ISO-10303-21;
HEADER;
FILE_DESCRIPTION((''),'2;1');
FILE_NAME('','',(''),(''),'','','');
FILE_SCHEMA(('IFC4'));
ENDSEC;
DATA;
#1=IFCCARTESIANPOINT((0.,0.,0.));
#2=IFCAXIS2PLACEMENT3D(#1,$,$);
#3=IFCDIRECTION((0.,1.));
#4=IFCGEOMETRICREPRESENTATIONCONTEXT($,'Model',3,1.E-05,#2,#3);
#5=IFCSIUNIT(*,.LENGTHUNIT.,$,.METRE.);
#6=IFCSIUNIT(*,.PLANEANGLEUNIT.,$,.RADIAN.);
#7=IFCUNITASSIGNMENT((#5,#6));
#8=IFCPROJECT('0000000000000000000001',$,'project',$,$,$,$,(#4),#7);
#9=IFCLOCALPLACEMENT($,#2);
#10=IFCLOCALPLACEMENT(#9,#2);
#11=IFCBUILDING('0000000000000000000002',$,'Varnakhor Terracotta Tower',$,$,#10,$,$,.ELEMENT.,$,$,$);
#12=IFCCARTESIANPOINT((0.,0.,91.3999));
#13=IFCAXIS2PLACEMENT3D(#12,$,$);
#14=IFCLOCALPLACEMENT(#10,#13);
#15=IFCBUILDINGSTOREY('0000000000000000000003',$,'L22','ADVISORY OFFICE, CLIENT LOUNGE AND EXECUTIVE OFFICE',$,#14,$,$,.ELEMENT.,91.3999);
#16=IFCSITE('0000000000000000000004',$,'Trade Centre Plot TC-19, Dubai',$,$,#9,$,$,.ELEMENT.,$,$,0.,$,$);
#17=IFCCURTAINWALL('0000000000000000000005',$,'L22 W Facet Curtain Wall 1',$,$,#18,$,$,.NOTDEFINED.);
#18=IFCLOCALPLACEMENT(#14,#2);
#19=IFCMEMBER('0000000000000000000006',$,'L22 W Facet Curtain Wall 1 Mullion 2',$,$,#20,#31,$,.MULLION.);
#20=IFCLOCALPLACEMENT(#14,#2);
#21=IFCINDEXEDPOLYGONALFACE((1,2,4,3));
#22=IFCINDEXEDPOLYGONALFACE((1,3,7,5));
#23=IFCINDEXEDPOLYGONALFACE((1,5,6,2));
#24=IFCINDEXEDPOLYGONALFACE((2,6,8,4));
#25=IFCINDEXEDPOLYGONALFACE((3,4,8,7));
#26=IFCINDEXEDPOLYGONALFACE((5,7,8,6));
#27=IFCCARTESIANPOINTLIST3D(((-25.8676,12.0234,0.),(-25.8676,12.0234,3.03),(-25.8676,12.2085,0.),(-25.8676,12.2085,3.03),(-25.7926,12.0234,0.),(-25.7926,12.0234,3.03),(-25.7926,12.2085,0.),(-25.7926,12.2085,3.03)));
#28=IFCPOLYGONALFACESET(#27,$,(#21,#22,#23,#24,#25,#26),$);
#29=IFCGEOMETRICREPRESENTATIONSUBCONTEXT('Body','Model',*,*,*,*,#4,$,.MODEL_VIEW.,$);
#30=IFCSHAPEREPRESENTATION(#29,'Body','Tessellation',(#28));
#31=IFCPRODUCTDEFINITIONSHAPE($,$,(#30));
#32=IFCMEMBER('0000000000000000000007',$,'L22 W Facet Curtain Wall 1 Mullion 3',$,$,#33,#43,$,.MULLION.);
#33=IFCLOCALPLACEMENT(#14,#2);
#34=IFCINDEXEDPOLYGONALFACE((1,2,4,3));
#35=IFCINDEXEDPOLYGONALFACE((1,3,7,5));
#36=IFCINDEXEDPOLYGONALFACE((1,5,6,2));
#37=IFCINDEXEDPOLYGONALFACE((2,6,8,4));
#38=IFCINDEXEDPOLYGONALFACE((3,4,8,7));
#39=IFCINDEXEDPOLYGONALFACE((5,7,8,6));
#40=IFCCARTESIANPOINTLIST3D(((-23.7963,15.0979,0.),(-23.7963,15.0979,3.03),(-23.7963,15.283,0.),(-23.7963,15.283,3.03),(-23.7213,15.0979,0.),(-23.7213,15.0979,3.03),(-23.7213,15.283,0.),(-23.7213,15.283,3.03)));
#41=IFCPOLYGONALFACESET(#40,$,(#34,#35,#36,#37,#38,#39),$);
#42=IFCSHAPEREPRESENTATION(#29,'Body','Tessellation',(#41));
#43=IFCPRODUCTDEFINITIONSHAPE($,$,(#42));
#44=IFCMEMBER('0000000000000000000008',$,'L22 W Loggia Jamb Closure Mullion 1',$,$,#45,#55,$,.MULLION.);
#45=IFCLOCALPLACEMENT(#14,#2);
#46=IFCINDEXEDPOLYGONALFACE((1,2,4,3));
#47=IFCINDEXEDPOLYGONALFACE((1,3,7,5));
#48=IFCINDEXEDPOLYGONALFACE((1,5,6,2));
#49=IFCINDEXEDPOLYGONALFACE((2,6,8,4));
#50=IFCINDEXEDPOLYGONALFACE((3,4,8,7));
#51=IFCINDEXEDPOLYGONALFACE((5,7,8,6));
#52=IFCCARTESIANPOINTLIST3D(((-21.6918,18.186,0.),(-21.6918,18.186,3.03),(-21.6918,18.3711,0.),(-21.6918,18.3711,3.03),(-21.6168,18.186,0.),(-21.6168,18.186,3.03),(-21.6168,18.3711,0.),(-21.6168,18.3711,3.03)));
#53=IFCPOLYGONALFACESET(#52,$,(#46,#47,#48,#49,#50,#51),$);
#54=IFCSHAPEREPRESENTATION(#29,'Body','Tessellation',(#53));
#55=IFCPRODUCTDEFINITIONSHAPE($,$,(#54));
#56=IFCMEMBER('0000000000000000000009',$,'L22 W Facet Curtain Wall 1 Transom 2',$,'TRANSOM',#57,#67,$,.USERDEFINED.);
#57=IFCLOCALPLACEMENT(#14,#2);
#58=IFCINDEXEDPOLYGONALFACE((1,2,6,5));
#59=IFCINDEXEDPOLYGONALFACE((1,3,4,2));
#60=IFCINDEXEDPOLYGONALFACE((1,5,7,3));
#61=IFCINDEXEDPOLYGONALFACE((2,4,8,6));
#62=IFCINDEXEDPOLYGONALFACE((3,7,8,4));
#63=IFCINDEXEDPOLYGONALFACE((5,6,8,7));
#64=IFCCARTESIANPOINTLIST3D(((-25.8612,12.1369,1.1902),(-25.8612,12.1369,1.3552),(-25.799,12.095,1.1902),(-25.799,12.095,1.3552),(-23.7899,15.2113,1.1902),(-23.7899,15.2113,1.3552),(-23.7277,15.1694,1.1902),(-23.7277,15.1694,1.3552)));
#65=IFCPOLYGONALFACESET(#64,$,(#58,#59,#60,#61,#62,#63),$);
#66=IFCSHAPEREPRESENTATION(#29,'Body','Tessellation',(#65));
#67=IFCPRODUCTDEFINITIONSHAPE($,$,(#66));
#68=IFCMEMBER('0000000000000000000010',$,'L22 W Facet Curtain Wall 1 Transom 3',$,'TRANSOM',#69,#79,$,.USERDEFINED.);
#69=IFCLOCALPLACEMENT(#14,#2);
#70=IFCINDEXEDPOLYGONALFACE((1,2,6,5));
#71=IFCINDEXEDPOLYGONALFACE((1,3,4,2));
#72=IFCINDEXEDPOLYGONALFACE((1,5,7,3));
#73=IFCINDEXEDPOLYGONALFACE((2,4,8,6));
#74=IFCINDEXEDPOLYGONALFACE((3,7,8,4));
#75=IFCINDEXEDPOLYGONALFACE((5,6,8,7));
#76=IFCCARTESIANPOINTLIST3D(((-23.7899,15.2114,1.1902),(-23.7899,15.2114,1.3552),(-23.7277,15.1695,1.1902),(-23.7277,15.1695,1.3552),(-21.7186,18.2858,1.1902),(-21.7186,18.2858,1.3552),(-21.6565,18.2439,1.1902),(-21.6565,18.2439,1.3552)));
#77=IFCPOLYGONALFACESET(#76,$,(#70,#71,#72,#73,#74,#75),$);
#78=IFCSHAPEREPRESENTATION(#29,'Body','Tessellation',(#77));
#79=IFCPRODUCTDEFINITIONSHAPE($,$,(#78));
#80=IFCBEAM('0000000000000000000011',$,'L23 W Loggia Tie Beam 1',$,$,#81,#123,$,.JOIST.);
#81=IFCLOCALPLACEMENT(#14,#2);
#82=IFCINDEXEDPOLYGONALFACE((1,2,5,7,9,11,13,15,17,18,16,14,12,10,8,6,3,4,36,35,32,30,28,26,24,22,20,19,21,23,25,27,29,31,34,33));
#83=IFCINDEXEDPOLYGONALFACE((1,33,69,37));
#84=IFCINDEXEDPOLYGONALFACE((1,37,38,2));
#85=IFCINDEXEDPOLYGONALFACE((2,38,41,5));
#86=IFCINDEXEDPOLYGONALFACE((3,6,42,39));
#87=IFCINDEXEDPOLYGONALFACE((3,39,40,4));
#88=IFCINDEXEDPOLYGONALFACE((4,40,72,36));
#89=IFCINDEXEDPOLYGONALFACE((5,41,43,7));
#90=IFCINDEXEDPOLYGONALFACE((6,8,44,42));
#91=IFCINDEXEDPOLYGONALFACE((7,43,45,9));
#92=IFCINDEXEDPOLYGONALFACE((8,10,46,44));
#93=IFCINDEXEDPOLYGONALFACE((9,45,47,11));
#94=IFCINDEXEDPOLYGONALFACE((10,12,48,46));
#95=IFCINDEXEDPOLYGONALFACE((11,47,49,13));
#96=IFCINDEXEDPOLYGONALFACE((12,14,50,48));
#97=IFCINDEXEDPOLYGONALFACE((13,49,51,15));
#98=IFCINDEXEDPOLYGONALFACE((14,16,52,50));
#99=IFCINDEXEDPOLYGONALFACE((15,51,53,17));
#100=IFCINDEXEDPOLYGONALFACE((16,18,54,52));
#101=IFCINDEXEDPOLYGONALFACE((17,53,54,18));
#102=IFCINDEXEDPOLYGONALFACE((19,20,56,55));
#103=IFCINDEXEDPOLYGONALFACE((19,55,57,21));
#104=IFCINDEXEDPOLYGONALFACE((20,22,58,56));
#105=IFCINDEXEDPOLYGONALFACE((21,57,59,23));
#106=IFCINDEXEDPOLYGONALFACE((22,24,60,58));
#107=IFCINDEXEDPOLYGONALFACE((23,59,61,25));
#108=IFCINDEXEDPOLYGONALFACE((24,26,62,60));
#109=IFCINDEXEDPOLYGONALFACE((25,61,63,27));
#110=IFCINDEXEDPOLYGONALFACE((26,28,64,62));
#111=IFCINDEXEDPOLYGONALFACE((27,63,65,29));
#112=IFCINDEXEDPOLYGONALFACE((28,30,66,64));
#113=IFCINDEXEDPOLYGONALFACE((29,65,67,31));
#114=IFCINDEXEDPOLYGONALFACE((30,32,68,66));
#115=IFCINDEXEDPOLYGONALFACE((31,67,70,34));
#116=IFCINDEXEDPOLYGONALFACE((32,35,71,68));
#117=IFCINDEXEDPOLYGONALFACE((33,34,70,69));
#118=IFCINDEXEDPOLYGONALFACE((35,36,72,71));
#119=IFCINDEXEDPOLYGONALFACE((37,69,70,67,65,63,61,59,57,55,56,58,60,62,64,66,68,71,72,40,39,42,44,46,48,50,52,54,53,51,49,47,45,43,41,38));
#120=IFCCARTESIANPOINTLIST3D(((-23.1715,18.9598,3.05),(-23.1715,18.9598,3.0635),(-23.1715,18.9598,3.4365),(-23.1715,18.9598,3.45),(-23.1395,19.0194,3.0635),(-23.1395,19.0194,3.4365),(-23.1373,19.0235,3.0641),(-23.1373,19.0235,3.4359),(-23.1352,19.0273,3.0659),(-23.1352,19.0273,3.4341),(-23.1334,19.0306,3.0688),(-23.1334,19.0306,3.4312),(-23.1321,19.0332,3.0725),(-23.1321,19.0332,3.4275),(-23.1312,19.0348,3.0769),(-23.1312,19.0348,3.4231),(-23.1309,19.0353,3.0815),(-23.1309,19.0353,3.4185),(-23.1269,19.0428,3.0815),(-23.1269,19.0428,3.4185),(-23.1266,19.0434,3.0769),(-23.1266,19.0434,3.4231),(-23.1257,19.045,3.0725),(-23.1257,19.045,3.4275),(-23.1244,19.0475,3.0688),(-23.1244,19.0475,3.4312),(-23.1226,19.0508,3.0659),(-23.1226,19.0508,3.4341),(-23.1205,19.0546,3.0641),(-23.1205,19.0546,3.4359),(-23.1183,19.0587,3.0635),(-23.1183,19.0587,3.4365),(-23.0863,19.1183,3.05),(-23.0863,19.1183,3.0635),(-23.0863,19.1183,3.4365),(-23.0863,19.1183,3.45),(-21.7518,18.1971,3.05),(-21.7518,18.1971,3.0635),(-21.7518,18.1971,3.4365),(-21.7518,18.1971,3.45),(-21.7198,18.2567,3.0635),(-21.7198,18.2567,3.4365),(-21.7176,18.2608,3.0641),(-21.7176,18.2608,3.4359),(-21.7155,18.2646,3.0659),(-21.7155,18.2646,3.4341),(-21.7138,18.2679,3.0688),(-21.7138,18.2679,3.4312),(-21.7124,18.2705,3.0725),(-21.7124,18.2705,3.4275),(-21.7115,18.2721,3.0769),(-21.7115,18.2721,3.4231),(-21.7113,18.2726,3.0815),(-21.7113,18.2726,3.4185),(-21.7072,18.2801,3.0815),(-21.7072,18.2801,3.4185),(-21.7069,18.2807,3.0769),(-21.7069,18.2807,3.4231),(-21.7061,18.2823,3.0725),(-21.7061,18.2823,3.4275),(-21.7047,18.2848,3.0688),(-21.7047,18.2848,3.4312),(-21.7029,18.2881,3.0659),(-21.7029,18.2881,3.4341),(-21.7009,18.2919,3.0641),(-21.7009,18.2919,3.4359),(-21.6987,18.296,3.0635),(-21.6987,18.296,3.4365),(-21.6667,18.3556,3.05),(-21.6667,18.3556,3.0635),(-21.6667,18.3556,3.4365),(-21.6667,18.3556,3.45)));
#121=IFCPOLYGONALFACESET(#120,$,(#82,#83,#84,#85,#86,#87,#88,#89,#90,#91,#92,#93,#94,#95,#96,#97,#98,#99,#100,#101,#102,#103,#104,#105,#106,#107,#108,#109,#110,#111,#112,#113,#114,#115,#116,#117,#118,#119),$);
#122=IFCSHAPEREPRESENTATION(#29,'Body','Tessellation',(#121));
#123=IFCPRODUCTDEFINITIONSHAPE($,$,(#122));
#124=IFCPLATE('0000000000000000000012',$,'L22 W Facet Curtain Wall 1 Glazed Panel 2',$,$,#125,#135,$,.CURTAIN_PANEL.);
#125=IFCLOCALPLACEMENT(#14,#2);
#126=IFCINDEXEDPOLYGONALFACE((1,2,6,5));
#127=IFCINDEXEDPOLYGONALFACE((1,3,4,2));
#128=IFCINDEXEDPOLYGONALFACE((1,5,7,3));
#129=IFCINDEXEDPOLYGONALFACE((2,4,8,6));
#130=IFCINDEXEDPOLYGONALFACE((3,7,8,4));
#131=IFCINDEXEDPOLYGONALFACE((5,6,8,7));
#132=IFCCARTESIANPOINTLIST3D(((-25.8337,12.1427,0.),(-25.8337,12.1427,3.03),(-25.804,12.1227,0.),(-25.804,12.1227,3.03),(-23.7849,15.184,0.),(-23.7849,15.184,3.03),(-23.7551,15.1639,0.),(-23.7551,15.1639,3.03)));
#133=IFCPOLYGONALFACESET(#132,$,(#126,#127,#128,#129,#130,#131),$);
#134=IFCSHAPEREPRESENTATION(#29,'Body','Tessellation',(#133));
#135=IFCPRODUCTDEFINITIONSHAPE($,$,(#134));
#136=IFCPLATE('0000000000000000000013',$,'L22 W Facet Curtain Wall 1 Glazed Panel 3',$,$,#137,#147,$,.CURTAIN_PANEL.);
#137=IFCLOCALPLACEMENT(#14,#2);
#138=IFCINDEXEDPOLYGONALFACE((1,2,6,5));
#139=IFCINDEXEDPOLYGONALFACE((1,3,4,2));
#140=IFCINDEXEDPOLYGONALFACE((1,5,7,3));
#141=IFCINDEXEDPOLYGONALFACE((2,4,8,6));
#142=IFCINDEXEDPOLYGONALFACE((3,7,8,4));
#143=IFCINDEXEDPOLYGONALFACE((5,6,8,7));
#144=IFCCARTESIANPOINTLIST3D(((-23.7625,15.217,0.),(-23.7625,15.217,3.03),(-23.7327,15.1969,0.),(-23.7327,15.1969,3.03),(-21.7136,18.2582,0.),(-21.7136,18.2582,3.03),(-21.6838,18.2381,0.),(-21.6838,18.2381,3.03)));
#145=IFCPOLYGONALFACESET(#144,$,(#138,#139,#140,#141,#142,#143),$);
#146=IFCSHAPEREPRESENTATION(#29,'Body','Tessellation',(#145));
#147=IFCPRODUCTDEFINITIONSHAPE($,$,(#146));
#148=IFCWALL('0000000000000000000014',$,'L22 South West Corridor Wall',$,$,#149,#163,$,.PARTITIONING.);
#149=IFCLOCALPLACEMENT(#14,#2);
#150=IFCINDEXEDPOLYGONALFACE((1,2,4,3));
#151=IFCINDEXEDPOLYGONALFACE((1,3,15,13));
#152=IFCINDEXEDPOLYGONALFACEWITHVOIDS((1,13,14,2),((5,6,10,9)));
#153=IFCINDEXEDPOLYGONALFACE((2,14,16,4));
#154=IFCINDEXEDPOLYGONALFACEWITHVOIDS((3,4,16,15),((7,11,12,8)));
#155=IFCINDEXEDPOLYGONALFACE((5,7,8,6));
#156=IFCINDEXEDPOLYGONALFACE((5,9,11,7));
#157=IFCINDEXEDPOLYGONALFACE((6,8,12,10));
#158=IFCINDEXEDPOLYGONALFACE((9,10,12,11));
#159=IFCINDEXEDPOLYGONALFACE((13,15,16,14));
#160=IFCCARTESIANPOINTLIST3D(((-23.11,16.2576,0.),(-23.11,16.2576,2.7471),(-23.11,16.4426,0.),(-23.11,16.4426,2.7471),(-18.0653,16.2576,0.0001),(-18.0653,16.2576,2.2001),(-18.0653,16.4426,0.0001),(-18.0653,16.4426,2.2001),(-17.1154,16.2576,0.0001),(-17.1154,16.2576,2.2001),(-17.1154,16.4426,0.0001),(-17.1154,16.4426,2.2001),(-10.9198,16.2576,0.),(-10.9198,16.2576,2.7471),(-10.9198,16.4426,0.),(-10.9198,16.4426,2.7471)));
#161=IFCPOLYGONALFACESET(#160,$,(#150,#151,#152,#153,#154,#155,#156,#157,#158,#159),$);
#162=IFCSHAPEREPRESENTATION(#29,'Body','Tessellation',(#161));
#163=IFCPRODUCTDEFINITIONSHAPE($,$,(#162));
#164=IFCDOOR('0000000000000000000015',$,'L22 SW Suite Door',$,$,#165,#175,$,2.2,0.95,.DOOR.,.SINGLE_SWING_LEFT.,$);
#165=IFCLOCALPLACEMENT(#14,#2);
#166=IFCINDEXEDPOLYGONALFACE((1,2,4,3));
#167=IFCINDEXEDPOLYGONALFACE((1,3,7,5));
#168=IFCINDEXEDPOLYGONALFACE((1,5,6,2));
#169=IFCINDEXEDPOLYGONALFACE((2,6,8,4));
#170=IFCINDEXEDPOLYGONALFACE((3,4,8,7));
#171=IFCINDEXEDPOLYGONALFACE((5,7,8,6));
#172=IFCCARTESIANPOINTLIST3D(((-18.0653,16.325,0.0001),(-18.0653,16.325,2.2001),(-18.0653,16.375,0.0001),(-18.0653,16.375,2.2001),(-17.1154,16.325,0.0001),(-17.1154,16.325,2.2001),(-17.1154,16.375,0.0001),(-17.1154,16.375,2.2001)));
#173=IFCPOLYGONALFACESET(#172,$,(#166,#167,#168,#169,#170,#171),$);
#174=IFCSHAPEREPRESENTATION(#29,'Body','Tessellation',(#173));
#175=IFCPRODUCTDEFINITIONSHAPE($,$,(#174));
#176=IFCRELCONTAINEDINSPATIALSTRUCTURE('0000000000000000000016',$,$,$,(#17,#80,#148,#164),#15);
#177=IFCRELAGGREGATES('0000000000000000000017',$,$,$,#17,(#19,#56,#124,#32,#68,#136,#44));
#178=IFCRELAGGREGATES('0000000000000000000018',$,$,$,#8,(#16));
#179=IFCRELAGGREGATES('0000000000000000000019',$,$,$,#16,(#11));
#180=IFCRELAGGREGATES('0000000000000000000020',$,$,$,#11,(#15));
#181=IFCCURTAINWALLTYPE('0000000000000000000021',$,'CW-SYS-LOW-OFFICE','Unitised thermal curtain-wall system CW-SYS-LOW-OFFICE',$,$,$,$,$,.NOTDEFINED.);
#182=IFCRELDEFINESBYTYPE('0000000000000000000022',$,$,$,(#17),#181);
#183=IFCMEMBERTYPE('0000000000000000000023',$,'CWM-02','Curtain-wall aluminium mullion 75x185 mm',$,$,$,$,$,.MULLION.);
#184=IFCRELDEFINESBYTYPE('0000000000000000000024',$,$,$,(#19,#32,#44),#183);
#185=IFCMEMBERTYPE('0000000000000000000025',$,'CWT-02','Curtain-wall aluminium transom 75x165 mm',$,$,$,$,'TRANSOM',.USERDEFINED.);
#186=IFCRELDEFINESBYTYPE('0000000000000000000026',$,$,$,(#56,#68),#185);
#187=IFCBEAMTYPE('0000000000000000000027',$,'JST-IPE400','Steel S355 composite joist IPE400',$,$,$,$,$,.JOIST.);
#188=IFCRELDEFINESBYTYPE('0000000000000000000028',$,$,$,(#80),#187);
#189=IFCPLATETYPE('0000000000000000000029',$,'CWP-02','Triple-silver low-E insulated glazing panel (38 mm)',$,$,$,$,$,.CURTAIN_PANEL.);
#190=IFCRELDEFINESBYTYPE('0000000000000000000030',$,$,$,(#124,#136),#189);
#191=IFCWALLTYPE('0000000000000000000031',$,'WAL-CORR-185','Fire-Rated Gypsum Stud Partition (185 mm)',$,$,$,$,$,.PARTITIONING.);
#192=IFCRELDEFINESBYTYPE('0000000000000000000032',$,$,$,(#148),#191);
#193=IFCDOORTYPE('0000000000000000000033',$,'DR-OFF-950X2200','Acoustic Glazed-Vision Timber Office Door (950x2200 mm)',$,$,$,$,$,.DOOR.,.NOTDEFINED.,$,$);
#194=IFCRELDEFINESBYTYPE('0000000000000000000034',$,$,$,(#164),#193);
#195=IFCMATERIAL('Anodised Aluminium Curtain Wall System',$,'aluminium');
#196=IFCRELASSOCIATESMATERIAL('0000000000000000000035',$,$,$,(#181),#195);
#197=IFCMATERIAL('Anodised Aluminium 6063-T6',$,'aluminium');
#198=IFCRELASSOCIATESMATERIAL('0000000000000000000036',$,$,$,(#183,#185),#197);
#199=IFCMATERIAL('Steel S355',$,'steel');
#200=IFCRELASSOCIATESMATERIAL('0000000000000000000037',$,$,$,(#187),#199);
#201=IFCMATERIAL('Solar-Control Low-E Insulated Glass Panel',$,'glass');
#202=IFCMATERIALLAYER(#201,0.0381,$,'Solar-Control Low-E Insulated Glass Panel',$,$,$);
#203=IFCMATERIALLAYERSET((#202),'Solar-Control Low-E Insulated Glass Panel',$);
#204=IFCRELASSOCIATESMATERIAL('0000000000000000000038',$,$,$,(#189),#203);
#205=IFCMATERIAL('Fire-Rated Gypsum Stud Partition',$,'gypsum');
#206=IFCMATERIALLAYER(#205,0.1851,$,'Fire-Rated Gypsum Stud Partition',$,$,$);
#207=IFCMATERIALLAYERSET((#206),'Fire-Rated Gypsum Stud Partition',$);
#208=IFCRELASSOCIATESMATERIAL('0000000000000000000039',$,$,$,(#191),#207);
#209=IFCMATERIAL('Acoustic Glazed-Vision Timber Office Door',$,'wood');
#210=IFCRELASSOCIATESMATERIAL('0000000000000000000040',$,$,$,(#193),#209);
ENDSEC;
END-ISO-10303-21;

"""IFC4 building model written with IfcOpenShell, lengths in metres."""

from ifc_helpers import new_model, si_unit, direction, frame, frame_2d, origin, origin_2d, place, context, subcontext, project, spatial, rectangle, i_section, extrude, source, transform, mapped, material, layer, layer_set, material_profile, profile_set, type_object, type_shapes, element, fill, aggregate, save


model = new_model("IFC4")

# Units and contexts
model_context = context("Model", 3, precision=1e-05, world=origin(), true_north=direction((0.0, 1.0)))
body_context = subcontext(model_context, "Body", "Model", "MODEL_VIEW")
ifc_project = project(units=[si_unit("LENGTHUNIT", "METRE"), si_unit("PLANEANGLEUNIT", "RADIAN")], contexts=[model_context])

# Site, building, storey
site_placement = place(None, origin())
site = spatial("IfcSite", under=ifc_project, at=site_placement, Name="Trade Centre Plot TC-19, Dubai", CompositionType="ELEMENT", RefElevation=0.0)
building_placement = place(site_placement, origin())
building = spatial("IfcBuilding", under=site, at=building_placement, Name="Varnakhor Terracotta Tower", CompositionType="ELEMENT")
storey_placement = place(building_placement, frame((0.0, 0.0, 91.3999)))
storey = spatial("IfcBuildingStorey", under=building, at=storey_placement, Name="L22", Description="ADVISORY OFFICE, CLIENT LOUNGE AND EXECUTIVE OFFICE", CompositionType="ELEMENT", Elevation=91.3999)

# Shared definitions
ifc_material_1 = material(Name="Steel S355", Category="steel")

# Curtain wall, members
ifc_material_2 = material(Name="Anodised Aluminium Curtain Wall System", Category="aluminium")
curtain_wall_type = type_object("IfcCurtainWallType", Name="CW-SYS-LOW-OFFICE", Description="Unitised thermal curtain-wall system CW-SYS-LOW-OFFICE", PredefinedType="NOTDEFINED", material=ifc_material_2)
curtain_wall_placement = place(storey_placement, origin())
curtain_wall = element("IfcCurtainWall", 1, at=curtain_wall_placement, inside=storey, type_object=curtain_wall_type, Name="L22 W Facet Curtain Wall 1", PredefinedType="NOTDEFINED")
ifc_material_3 = material(Name="Anodised Aluminium 6063-T6", Category="aluminium")
ifc_material_profile_1 = material_profile(ifc_material_3, rectangle(XDim=0.075, YDim=0.1851, at=origin_2d()), Name="ALU MULLION 75x185")
ifc_profile_set_1 = profile_set([ifc_material_profile_1], Name="Anodised Aluminium 6063-T6")
member_type_1 = type_object("IfcMemberType", Name="CWM-02", Description="Curtain-wall aluminium mullion 75x185 mm", PredefinedType="MULLION", material=ifc_profile_set_1)
shared_shape_1 = source(origin(), body_context, "Body", "SweptSolid", [
    extrude(rectangle(XDim=0.075, YDim=0.1851, at=origin_2d()), origin(), (0.0, 0.0, 1.0), 3.03),
])
type_shapes(member_type_1, [shared_shape_1])
member_1_placement = place(storey_placement, frame((-25.8301, 12.116, 0.0), z_axis=(0.0, 0.0, 1.0), x_axis=(1.0, 0.0, 0.0)))
member_1 = element("IfcMember", 2, at=member_1_placement, type_object=member_type_1, Name="L22 W Facet Curtain Wall 1 Mullion 2", PredefinedType="MULLION", context=body_context, shape_type="MappedRepresentation", body=[
    mapped(shared_shape_1, transform((0.0, 0.0, 0.0), scale=1.0)),
])
member_2_placement = place(storey_placement, frame((-23.7588, 15.1904, 0.0), z_axis=(0.0, 0.0, 1.0), x_axis=(1.0, 0.0, 0.0)))
member_2 = element("IfcMember", 3, at=member_2_placement, type_object=member_type_1, Name="L22 W Facet Curtain Wall 1 Mullion 3", PredefinedType="MULLION", context=body_context, shape_type="MappedRepresentation", body=[
    mapped(shared_shape_1, transform((0.0, 0.0, 0.0), scale=1.0)),
])
member_3_placement = place(storey_placement, frame((-21.6543, 18.2786, 0.0), z_axis=(0.0, 0.0, 1.0), x_axis=(1.0, 0.0, 0.0)))
member_3 = element("IfcMember", 4, at=member_3_placement, type_object=member_type_1, Name="L22 W Loggia Jamb Closure Mullion 1", PredefinedType="MULLION", context=body_context, shape_type="MappedRepresentation", body=[
    mapped(shared_shape_1, transform((0.0, 0.0, 0.0), scale=1.0)),
])
ifc_material_profile_2 = material_profile(ifc_material_3, rectangle(XDim=0.075, YDim=0.165, at=origin_2d()), Name="ALU TRANSOM 75x165")
ifc_profile_set_2 = profile_set([ifc_material_profile_2], Name="Anodised Aluminium 6063-T6")
member_type_2 = type_object("IfcMemberType", Name="CWT-02", Description="Curtain-wall aluminium transom 75x165 mm", ElementType="TRANSOM", PredefinedType="USERDEFINED", material=ifc_profile_set_2)
shared_shape_2 = source(origin(), body_context, "Body", "SweptSolid", [
    extrude(rectangle(XDim=0.075, YDim=0.165, at=origin_2d()), origin(), (0.0, 0.0, 1.0), 3.707),
])
member_4_placement = place(storey_placement, frame((-25.8301, 12.116, 1.2727), z_axis=(0.558736, 0.829345, 0.0), x_axis=(-0.829345, 0.558736, 0.0)))
member_4 = element("IfcMember", 5, at=member_4_placement, type_object=member_type_2, Name="L22 W Facet Curtain Wall 1 Transom 2", ObjectType="TRANSOM", PredefinedType="USERDEFINED", context=body_context, shape_type="MappedRepresentation", body=[
    mapped(shared_shape_2, transform((0.0, 0.0, 0.0), scale=1.0)),
])
member_5_placement = place(storey_placement, frame((-23.7588, 15.1904, 1.2727), z_axis=(0.558736, 0.829345, 0.0), x_axis=(-0.829345, 0.558736, 0.0)))
member_5 = element("IfcMember", 6, at=member_5_placement, type_object=member_type_2, Name="L22 W Facet Curtain Wall 1 Transom 3", ObjectType="TRANSOM", PredefinedType="USERDEFINED", context=body_context, shape_type="MappedRepresentation", body=[
    mapped(shared_shape_2, transform((0.0, 0.0, 0.0), scale=1.0)),
])

# Beam
ifc_material_profile_3 = material_profile(ifc_material_1, i_section(OverallWidth=0.1799, OverallDepth=0.3999, WebThickness=0.0085, FlangeThickness=0.0134, FilletRadius=0.0181, at=origin_2d()), Name="IPE400")
ifc_profile_set_3 = profile_set([ifc_material_profile_3], Name="Steel S355")
beam_type_1 = type_object("IfcBeamType", Name="JST-IPE400", Description="Steel S355 composite joist IPE400", PredefinedType="JOIST", material=ifc_profile_set_3)
shared_shape_3 = source(origin(), body_context, "Body", "SweptSolid", [
    extrude(i_section(OverallWidth=0.1799, OverallDepth=0.3999, WebThickness=0.0085, FlangeThickness=0.0134, FilletRadius=0.0181, at=origin_2d()), origin(), (0.0, 0.0, 1.0), 1.6116),
])
beam_1_placement = place(storey_placement, frame((-21.7092, 18.2764, 3.25), z_axis=(-0.880923, 0.473259, 0.0), x_axis=(-0.473259, -0.880923, 0.0)))
element("IfcBeam", 7, at=beam_1_placement, inside=storey, type_object=beam_type_1, Name="L23 W Loggia Tie Beam 1", PredefinedType="JOIST", context=body_context, shape_type="MappedRepresentation", body=[
    mapped(shared_shape_3, transform((0.0, 0.0, 0.0), scale=1.0)),
])

# Plates
ifc_material_4 = material(Name="Solar-Control Low-E Insulated Glass Panel", Category="glass")
ifc_layer_1 = layer(ifc_material_4, 0.0381, Name="Solar-Control Low-E Insulated Glass Panel")
ifc_layer_set_1 = layer_set([ifc_layer_1], Name="Solar-Control Low-E Insulated Glass Panel")
plate_type = type_object("IfcPlateType", Name="CWP-02", Description="Triple-silver low-E insulated glazing panel (38 mm)", PredefinedType="CURTAIN_PANEL", material=ifc_layer_set_1)
shared_shape_4 = source(origin(), body_context, "Body", "SweptSolid", [
    extrude(rectangle(XDim=3.667, YDim=0.0359, at=origin_2d()), origin(), (0.0, 0.0, 1.0), 3.03),
])
plate_1_placement = place(storey_placement, frame((-24.7944, 13.6533, 0.0), z_axis=(0.0, 0.0, 1.0), x_axis=(0.55873, 0.82935, 0.0)))
plate_1 = element("IfcPlate", 8, at=plate_1_placement, type_object=plate_type, Name="L22 W Facet Curtain Wall 1 Glazed Panel 2", PredefinedType="CURTAIN_PANEL", context=body_context, shape_type="MappedRepresentation", body=[
    mapped(shared_shape_4, transform((0.0, 0.0, 0.0), scale=1.0)),
])
plate_2_placement = place(storey_placement, frame((-22.7231, 16.7275, 0.0), z_axis=(0.0, 0.0, 1.0), x_axis=(0.55873, 0.82935, 0.0)))
plate_2 = element("IfcPlate", 9, at=plate_2_placement, type_object=plate_type, Name="L22 W Facet Curtain Wall 1 Glazed Panel 3", PredefinedType="CURTAIN_PANEL", context=body_context, shape_type="MappedRepresentation", body=[
    mapped(shared_shape_4, transform((0.0, 0.0, 0.0), scale=1.0)),
])
aggregate(curtain_wall, [member_1, member_4, plate_1, member_2, member_5, plate_2, member_3])

# Wall, opening, door
ifc_material_5 = material(Name="Fire-Rated Gypsum Stud Partition", Category="gypsum")
ifc_layer_2 = layer(ifc_material_5, 0.1851, Name="Fire-Rated Gypsum Stud Partition")
ifc_layer_set_2 = layer_set([ifc_layer_2], Name="Fire-Rated Gypsum Stud Partition")
wall_type_1 = type_object("IfcWallType", Name="WAL-CORR-185", Description="Fire-Rated Gypsum Stud Partition (185 mm)", PredefinedType="PARTITIONING", material=ifc_layer_set_2)
wall_1_placement = place(storey_placement, frame((-23.1101, 16.3501, 0.0), z_axis=(0.0, 0.0, 1.0), x_axis=(1.0, 0.0, 0.0)))
wall_1 = element("IfcWall", 10, at=wall_1_placement, inside=storey, type_object=wall_type_1, Name="L22 South West Corridor Wall", PredefinedType="PARTITIONING", context=body_context, shape_type="SweptSolid", body=[
    extrude(rectangle(XDim=12.1902, YDim=0.1851, at=frame_2d((6.0952, 0.0))), origin(), (0.0, 0.0, 1.0), 2.7471),
])
opening_1_placement = place(wall_1_placement, frame((5.0447, 0.0, 0.0)))
opening_1 = element("IfcOpeningElement", 11, at=opening_1_placement, cuts=wall_1, PredefinedType="OPENING", context=body_context, shape_type="SweptSolid", body=[
    extrude(rectangle(XDim=0.95, YDim=2.2, at=frame_2d((0.4751, 1.1001))), frame((0.0, 0.1025, 0.0), z_axis=(0.0, -1.0, 0.0), x_axis=(1.0, 0.0, 0.0)), (0.0, 0.0, 1.0), 0.2051),
])
ifc_material_6 = material(Name="Acoustic Glazed-Vision Timber Office Door", Category="wood")
door_type_1 = type_object("IfcDoorType", Name="DR-OFF-950X2200", Description="Acoustic Glazed-Vision Timber Office Door (950x2200 mm)", OperationType="NOTDEFINED", PredefinedType="DOOR", material=ifc_material_6)
shared_shape_5 = source(origin(), body_context, "Body", "SweptSolid", [
    extrude(rectangle(XDim=0.95, YDim=2.2, at=frame_2d((0.4751, 1.1001))), frame((0.0, 0.0249, 0.0), z_axis=(0.0, -1.0, 0.0), x_axis=(1.0, 0.0, 0.0)), (0.0, 0.0, 1.0), 0.05),
])
type_shapes(door_type_1, [shared_shape_5])
door_1_placement = place(opening_1_placement, origin())
door_1 = element("IfcDoor", 12, at=door_1_placement, inside=storey, type_object=door_type_1, Name="L22 SW Suite Door", OperationType="SINGLE_SWING_LEFT", OverallHeight=2.2, OverallWidth=0.95, PredefinedType="DOOR", context=body_context, shape_type="MappedRepresentation", body=[
    mapped(shared_shape_5, transform((0.0, 0.0, 0.0), scale=1.0)),
])
fill(opening_1, door_1)

save(model, "model.ifc")
